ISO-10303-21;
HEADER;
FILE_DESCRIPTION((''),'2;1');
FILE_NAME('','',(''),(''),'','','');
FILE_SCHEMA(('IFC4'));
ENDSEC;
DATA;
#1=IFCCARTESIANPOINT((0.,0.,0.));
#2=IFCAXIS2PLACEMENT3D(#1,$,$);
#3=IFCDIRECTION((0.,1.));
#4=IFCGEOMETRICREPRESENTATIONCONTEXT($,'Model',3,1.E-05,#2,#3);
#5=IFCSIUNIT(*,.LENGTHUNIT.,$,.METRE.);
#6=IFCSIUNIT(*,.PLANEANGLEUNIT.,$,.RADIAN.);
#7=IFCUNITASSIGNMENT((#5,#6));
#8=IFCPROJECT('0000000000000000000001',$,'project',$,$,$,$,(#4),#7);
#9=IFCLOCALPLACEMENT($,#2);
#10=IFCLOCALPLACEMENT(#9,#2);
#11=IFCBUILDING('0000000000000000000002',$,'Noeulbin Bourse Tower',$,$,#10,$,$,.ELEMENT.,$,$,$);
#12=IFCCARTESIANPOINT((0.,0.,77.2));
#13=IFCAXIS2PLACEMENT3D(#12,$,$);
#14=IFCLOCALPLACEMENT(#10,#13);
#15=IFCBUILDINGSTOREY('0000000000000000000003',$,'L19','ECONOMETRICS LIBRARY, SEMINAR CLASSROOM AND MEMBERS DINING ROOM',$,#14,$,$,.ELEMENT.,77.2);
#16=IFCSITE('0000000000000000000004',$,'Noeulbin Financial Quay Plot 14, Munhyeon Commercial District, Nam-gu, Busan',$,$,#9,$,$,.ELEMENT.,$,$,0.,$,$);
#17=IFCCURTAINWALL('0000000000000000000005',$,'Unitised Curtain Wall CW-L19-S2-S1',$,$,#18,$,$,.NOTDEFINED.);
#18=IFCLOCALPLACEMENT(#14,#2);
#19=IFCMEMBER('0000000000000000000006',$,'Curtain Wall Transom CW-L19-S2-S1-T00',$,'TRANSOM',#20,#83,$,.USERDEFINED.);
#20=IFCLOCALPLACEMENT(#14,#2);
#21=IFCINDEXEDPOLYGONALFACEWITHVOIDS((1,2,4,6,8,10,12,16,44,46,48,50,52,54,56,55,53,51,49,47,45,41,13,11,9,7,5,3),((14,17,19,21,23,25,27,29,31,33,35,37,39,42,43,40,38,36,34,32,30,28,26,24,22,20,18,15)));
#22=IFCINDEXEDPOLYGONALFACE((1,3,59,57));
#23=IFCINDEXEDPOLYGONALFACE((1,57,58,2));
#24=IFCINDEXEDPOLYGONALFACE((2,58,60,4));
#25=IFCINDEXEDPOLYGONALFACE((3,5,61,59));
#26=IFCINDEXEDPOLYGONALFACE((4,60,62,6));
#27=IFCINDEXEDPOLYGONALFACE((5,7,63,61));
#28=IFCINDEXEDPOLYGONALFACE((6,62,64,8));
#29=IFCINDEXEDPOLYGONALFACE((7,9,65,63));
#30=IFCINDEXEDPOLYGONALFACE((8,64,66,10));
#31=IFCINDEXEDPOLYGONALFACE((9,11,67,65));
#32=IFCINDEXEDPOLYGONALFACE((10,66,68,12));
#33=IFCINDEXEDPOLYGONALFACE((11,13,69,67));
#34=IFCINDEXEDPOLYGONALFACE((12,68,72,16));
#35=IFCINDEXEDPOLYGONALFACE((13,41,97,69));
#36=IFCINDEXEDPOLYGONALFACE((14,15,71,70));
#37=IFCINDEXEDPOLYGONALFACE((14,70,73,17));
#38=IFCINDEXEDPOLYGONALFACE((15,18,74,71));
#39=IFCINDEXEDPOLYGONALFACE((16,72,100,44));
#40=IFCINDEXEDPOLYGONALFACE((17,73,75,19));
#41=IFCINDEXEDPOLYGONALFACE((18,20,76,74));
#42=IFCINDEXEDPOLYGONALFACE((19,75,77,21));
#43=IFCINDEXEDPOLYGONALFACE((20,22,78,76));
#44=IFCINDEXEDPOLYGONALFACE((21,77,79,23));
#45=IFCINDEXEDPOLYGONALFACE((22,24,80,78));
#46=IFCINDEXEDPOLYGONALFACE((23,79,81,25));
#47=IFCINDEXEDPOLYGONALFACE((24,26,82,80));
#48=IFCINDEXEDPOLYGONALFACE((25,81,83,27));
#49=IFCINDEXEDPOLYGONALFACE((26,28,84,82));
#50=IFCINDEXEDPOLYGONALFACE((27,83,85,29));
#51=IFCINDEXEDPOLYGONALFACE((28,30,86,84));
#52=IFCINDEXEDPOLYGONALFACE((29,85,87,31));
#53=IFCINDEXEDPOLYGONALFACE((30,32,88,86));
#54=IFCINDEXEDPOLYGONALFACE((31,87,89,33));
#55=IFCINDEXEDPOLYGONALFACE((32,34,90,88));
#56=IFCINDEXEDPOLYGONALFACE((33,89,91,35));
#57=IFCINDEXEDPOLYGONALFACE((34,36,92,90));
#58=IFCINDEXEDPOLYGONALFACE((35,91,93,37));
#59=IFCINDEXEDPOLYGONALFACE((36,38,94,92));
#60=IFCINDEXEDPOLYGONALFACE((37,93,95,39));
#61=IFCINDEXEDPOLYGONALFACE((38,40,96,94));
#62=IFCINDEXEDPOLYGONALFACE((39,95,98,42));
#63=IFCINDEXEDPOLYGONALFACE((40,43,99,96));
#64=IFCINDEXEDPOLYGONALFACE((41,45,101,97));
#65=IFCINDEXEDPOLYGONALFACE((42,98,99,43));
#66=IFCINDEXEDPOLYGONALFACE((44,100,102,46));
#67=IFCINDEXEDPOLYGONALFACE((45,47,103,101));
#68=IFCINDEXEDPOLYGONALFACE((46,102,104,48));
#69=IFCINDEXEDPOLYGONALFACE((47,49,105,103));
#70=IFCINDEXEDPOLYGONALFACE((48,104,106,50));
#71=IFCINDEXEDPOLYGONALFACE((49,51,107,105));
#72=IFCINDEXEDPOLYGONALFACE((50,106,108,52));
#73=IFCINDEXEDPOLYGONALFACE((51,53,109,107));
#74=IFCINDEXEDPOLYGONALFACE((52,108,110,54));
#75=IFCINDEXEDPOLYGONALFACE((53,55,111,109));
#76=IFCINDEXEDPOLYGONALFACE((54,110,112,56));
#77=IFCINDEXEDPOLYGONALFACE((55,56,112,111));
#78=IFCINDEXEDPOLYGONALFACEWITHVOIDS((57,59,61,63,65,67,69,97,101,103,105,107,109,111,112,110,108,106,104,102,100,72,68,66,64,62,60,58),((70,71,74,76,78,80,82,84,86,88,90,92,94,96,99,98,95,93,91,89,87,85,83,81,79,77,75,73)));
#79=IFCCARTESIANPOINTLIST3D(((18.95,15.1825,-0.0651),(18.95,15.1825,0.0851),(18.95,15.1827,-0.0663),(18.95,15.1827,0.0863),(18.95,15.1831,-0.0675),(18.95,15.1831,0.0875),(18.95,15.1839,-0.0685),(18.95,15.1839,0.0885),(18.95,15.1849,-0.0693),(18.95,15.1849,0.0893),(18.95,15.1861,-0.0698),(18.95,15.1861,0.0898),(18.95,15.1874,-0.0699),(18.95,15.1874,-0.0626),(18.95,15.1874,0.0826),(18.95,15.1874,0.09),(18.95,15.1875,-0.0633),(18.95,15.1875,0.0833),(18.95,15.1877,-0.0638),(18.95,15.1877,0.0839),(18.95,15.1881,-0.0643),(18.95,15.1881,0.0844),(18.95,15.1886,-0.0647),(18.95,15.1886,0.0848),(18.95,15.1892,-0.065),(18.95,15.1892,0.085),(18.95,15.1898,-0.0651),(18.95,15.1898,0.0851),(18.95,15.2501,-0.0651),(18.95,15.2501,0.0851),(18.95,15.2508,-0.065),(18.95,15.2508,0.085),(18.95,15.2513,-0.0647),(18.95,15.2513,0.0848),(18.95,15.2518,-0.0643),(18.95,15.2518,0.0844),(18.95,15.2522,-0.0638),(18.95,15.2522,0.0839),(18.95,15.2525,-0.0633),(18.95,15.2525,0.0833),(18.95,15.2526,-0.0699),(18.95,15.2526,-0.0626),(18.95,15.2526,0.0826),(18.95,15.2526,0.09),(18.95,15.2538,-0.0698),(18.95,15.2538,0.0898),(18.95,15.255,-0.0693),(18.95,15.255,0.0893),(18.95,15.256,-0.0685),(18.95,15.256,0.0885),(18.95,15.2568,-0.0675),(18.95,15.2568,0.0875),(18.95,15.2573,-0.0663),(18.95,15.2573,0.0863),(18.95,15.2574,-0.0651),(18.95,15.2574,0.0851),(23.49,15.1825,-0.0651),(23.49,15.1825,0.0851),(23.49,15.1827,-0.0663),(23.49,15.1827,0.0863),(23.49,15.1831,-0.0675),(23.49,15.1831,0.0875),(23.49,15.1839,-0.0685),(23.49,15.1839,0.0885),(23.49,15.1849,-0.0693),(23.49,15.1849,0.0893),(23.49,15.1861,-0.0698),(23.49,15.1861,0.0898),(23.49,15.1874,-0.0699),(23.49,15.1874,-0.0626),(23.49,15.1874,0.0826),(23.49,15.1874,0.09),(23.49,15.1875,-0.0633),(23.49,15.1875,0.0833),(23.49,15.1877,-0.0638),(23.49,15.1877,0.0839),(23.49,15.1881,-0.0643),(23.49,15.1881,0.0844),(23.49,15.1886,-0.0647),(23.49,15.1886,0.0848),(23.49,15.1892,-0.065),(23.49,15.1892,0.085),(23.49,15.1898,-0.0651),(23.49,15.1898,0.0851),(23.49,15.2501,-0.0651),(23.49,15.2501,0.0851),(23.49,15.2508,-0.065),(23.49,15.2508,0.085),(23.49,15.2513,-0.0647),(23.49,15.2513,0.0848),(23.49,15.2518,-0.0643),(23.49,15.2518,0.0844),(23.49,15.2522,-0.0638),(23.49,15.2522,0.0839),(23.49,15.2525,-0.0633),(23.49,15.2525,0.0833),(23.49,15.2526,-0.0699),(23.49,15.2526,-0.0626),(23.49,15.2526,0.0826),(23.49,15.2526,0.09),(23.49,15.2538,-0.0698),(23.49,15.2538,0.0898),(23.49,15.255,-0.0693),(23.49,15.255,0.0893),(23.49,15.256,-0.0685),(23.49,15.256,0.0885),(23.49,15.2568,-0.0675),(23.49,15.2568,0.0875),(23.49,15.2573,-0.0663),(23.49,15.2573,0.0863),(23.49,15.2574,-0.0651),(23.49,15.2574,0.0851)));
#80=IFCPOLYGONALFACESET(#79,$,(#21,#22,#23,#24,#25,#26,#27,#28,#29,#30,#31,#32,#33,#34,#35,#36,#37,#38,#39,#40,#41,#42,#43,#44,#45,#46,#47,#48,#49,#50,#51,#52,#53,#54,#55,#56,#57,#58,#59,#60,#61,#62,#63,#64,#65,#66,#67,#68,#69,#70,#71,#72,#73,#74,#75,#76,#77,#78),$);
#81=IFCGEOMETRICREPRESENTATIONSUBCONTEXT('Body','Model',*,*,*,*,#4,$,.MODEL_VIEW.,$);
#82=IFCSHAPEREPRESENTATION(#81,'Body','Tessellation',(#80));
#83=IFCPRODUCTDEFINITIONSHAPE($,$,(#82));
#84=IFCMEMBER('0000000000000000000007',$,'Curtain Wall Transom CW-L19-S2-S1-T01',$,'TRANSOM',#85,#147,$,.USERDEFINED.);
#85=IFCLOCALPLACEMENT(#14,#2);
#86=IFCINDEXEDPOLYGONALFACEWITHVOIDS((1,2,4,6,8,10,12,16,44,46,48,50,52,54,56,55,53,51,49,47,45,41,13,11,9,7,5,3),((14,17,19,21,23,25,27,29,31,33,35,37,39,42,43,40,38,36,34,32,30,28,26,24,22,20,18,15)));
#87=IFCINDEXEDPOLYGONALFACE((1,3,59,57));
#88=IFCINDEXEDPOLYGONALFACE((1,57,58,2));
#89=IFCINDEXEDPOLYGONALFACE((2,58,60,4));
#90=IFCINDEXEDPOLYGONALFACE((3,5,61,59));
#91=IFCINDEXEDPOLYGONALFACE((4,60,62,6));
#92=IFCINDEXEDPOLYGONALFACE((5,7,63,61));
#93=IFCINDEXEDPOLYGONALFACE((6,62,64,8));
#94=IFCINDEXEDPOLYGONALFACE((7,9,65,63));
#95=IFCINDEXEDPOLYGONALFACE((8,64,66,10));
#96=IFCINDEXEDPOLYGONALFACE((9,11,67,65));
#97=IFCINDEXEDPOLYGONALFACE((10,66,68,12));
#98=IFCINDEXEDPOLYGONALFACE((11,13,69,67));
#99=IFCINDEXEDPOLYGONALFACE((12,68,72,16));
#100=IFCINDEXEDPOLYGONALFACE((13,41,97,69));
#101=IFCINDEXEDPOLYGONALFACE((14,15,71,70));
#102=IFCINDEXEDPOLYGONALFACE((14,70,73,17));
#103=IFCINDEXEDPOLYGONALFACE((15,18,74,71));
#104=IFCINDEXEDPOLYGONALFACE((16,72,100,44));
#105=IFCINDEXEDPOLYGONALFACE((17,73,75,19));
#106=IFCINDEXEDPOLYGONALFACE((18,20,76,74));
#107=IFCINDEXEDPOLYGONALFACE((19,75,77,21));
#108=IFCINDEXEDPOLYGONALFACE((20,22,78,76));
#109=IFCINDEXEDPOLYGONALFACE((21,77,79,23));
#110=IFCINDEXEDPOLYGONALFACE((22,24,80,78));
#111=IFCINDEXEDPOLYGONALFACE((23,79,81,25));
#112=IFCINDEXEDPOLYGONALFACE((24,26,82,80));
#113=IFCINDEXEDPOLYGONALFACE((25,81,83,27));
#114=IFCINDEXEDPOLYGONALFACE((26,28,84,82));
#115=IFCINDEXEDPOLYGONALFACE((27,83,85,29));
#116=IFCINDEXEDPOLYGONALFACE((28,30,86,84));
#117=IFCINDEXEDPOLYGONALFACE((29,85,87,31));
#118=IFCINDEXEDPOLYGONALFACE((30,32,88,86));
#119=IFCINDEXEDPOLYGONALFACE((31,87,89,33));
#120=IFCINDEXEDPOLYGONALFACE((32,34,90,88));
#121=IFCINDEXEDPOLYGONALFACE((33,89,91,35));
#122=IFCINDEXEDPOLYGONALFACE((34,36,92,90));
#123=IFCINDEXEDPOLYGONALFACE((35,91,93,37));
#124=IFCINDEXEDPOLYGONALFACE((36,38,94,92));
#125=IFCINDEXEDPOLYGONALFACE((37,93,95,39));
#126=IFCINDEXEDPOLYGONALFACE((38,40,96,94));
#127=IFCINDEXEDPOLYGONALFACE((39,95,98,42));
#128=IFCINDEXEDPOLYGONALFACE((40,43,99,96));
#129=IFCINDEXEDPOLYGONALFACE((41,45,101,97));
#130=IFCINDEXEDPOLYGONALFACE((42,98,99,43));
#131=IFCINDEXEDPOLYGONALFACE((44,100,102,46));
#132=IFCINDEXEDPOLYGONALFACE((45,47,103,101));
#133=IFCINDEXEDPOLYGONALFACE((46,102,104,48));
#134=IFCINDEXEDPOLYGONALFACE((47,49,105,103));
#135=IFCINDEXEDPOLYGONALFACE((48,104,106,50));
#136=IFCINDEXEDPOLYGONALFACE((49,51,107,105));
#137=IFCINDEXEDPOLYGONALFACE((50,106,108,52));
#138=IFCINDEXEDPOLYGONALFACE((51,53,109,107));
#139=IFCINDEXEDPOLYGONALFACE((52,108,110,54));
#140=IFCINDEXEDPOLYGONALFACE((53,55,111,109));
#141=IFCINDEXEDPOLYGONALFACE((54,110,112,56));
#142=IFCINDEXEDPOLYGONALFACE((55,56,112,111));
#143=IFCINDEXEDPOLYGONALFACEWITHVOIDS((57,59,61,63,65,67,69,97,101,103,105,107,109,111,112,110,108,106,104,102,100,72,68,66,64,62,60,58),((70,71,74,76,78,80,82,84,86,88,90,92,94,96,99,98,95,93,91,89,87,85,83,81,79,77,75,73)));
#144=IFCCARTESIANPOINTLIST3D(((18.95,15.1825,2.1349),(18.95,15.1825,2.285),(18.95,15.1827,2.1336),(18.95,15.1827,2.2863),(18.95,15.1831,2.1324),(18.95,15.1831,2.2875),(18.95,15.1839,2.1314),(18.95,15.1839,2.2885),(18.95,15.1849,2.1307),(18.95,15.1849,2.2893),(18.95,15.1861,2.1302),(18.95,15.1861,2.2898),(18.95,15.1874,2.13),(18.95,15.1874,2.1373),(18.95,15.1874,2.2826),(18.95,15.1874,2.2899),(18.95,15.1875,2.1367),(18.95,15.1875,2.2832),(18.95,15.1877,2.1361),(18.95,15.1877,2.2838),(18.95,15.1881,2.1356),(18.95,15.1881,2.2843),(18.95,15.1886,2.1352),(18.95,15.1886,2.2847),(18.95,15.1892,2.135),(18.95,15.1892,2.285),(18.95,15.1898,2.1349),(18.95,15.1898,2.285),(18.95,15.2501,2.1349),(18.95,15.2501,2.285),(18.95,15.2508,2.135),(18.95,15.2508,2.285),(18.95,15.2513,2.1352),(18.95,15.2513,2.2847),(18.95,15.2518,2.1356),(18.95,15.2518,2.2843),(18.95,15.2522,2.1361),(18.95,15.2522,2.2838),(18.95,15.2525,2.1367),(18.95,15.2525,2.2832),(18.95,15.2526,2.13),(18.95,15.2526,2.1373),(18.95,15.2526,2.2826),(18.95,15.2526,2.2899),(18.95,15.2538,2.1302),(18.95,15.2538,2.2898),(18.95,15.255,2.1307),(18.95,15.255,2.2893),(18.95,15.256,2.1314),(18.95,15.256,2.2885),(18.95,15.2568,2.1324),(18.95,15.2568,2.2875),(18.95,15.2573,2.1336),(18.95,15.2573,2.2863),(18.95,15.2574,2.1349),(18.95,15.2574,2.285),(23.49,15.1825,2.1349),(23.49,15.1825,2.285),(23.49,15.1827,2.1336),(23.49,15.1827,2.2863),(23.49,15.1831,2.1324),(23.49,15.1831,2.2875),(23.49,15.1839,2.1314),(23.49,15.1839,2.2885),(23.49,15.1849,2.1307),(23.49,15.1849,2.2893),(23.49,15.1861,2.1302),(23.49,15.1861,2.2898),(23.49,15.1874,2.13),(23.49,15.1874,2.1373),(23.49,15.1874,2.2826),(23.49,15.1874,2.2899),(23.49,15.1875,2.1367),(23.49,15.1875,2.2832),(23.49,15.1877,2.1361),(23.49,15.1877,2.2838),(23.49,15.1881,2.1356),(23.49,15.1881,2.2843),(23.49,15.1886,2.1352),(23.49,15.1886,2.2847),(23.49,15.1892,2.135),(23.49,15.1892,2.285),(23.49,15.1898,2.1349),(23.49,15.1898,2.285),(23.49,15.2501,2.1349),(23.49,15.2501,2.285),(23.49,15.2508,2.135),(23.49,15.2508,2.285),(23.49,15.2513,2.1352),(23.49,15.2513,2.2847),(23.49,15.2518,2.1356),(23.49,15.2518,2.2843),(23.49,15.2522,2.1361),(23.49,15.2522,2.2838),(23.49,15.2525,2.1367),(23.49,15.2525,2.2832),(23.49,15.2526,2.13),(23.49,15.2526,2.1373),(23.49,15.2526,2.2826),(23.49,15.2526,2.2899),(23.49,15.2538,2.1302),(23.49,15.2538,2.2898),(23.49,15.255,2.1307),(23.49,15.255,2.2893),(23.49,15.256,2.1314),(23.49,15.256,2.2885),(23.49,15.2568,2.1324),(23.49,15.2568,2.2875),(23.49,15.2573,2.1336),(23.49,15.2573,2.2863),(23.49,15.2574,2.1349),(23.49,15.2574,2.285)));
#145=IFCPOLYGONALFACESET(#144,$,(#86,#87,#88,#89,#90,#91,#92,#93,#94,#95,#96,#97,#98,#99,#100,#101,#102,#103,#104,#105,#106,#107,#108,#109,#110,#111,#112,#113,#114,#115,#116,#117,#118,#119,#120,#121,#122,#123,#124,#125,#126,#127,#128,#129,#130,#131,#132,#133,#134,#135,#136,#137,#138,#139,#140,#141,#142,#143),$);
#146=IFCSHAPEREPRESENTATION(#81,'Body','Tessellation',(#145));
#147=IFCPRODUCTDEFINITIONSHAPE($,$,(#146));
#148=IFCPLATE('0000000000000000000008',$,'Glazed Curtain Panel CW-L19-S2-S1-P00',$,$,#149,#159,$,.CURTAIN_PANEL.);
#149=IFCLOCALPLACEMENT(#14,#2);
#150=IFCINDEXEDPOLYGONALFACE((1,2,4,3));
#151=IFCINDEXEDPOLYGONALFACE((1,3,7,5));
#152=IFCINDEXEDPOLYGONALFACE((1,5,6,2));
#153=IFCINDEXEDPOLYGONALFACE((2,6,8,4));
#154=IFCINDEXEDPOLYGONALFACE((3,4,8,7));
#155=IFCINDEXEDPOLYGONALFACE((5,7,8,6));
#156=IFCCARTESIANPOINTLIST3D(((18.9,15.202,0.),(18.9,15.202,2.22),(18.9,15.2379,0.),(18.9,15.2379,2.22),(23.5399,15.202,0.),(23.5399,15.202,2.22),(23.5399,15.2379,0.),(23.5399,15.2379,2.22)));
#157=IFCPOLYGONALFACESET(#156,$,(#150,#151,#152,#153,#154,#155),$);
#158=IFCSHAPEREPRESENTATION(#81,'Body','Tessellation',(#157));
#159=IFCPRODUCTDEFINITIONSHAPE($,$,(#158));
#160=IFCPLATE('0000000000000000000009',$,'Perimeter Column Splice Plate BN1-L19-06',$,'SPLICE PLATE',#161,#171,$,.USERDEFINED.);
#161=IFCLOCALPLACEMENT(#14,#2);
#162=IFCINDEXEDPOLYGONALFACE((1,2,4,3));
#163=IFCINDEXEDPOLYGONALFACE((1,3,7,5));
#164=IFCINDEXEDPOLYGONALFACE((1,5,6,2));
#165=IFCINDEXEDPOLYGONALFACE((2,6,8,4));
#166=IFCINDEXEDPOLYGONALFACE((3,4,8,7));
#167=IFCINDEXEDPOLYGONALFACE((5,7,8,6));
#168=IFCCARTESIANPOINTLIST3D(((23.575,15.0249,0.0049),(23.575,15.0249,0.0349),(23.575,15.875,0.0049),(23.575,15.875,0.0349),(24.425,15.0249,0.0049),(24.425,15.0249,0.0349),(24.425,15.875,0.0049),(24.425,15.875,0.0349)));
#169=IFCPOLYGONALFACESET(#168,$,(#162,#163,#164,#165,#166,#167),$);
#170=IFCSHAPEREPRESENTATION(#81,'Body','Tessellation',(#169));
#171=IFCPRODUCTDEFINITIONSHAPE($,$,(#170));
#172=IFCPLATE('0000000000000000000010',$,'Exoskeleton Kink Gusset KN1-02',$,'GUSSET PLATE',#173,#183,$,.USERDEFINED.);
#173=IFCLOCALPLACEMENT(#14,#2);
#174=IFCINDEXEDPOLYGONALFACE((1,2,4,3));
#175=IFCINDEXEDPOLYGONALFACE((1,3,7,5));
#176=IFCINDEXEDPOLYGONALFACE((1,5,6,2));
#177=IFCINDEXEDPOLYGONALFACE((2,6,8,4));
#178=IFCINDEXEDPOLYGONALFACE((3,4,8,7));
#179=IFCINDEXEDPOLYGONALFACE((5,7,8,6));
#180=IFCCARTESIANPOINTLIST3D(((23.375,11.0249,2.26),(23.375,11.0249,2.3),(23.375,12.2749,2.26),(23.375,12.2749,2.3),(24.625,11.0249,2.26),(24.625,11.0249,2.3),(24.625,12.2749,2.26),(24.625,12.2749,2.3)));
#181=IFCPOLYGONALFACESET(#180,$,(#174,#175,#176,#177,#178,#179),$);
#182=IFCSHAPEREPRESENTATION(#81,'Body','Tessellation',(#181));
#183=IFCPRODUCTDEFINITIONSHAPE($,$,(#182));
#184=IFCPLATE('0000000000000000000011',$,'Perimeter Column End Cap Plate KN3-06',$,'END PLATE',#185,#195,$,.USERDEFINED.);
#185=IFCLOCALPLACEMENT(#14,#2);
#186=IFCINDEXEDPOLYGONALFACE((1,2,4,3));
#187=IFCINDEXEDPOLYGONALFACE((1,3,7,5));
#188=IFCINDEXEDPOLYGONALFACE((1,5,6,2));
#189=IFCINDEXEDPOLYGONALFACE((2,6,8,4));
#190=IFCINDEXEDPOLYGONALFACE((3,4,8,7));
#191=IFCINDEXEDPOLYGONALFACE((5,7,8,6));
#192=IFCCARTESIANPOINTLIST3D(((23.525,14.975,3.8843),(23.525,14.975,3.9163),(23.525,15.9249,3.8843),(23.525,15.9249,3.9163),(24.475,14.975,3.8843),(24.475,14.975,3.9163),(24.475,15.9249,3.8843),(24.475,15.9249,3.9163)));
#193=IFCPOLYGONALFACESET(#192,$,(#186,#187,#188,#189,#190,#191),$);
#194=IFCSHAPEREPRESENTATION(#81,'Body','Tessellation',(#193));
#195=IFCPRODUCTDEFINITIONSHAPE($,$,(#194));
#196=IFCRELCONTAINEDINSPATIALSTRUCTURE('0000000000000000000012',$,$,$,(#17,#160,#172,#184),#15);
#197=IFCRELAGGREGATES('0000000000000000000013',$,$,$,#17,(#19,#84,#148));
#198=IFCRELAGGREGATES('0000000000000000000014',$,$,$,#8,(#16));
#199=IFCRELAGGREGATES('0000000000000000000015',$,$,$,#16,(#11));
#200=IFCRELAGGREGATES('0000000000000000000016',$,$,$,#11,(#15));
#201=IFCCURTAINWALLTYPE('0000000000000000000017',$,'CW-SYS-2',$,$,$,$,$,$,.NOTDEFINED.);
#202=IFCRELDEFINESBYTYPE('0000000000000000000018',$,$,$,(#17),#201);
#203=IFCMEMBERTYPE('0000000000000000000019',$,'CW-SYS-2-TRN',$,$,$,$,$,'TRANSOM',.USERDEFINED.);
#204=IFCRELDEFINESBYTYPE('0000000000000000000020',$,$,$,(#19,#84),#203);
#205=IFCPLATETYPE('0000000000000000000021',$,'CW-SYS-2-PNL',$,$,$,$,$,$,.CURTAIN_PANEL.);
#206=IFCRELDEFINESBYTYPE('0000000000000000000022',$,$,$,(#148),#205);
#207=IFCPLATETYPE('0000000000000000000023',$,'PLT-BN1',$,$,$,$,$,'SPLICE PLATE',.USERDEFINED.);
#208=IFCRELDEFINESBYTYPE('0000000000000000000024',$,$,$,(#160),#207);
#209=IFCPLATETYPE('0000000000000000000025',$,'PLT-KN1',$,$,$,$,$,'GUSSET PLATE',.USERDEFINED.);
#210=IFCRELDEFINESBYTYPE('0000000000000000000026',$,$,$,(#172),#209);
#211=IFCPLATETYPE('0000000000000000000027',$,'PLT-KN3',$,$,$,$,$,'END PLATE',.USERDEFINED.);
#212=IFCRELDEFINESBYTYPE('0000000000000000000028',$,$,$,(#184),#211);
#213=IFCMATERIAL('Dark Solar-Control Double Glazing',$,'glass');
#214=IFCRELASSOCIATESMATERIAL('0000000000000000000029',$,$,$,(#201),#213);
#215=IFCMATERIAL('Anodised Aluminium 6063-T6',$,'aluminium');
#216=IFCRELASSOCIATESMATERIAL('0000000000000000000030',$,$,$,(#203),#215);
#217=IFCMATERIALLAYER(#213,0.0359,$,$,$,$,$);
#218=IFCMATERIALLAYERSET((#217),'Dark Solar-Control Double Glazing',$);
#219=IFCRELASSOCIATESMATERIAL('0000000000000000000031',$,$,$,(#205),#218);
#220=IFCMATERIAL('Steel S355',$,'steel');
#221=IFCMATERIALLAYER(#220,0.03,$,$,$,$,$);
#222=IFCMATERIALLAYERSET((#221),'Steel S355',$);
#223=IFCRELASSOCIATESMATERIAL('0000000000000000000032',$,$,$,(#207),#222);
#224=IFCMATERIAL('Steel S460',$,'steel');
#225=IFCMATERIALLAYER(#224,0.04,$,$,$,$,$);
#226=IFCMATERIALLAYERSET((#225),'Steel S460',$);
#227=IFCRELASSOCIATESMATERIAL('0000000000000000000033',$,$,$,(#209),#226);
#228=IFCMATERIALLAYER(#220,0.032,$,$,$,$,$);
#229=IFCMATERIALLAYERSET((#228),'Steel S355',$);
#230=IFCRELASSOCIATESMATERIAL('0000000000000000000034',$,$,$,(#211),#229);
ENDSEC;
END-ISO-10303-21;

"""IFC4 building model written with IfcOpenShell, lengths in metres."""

from ifc_helpers import new_model, si_unit, direction, frame, origin, origin_2d, place, context, subcontext, project, spatial, rectangle, hollow_rectangle, extrude, material, layer, layer_set, material_profile, profile_set, type_object, element, aggregate, save


model = new_model("IFC4")

# Units and contexts
model_context = context("Model", 3, precision=1e-05, world=origin(), true_north=direction((0.0, 1.0)))
body_context = subcontext(model_context, "Body", "Model", "MODEL_VIEW")
ifc_project = project(units=[si_unit("LENGTHUNIT", "METRE"), si_unit("PLANEANGLEUNIT", "RADIAN")], contexts=[model_context])

# Site, building, storey
site_placement = place(None, origin())
site = spatial("IfcSite", under=ifc_project, at=site_placement, Name="Noeulbin Financial Quay Plot 14, Munhyeon Commercial District, Nam-gu, Busan", CompositionType="ELEMENT", RefElevation=0.0)
building_placement = place(site_placement, origin())
building = spatial("IfcBuilding", under=site, at=building_placement, Name="Noeulbin Bourse Tower", CompositionType="ELEMENT")
storey_placement = place(building_placement, frame((0.0, 0.0, 77.2)))
storey = spatial("IfcBuildingStorey", under=building, at=storey_placement, Name="L19", Description="ECONOMETRICS LIBRARY, SEMINAR CLASSROOM AND MEMBERS DINING ROOM", CompositionType="ELEMENT", Elevation=77.2)

# Shared definitions
ifc_material_1 = material(Name="Steel S355", Category="steel")
ifc_material_2 = material(Name="Steel S460", Category="steel")

# Curtain wall, members, plate
ifc_material_3 = material(Name="Dark Solar-Control Double Glazing", Category="glass")
curtain_wall_type = type_object("IfcCurtainWallType", Name="CW-SYS-2", PredefinedType="NOTDEFINED", material=ifc_material_3)
curtain_wall_placement = place(storey_placement, origin())
curtain_wall = element("IfcCurtainWall", 1, at=curtain_wall_placement, inside=storey, type_object=curtain_wall_type, Name="Unitised Curtain Wall CW-L19-S2-S1", PredefinedType="NOTDEFINED")
ifc_material_4 = material(Name="Anodised Aluminium 6063-T6", Category="aluminium")
ifc_material_profile_1 = material_profile(ifc_material_4, hollow_rectangle(XDim=0.075, YDim=0.1599, WallThickness=0.0049, InnerFilletRadius=0.0024, OuterFilletRadius=0.0049, at=origin_2d()), Name="ALU-TRAN-75x160x5", Category="LoadBearing")
ifc_profile_set_1 = profile_set([ifc_material_profile_1], Name="Anodised Aluminium 6063-T6")
member_type_1 = type_object("IfcMemberType", Name="CW-SYS-2-TRN", ElementType="TRANSOM", PredefinedType="USERDEFINED", material=ifc_profile_set_1)
member_1_placement = place(storey_placement, frame((18.95, 15.22, 0.01), z_axis=(1.0, 0.0, 0.0), x_axis=(0.0, 1.0, 0.0)))
member_1 = element("IfcMember", 2, at=member_1_placement, type_object=member_type_1, Name="Curtain Wall Transom CW-L19-S2-S1-T00", ObjectType="TRANSOM", PredefinedType="USERDEFINED", context=body_context, shape_type="SweptSolid", body=[
    extrude(hollow_rectangle(XDim=0.075, YDim=0.1599, WallThickness=0.0049, InnerFilletRadius=0.0024, OuterFilletRadius=0.0049, at=origin_2d()), origin(), (0.0, 0.0, 1.0), 4.54),
])
member_2_placement = place(storey_placement, frame((18.95, 15.22, 2.21), z_axis=(1.0, 0.0, 0.0), x_axis=(0.0, 1.0, 0.0)))
member_2 = element("IfcMember", 3, at=member_2_placement, type_object=member_type_1, Name="Curtain Wall Transom CW-L19-S2-S1-T01", ObjectType="TRANSOM", PredefinedType="USERDEFINED", context=body_context, shape_type="SweptSolid", body=[
    extrude(hollow_rectangle(XDim=0.075, YDim=0.1599, WallThickness=0.0049, InnerFilletRadius=0.0024, OuterFilletRadius=0.0049, at=origin_2d()), origin(), (0.0, 0.0, 1.0), 4.54),
])
ifc_layer_1 = layer(ifc_material_3, 0.0359)
ifc_layer_set_1 = layer_set([ifc_layer_1], Name="Dark Solar-Control Double Glazing")
plate_type_1 = type_object("IfcPlateType", Name="CW-SYS-2-PNL", PredefinedType="CURTAIN_PANEL", material=ifc_layer_set_1)
plate_1_placement = place(storey_placement, frame((21.22, 15.22, 0.0), z_axis=(0.0, 0.0, 1.0), x_axis=(1.0, 0.0, 0.0)))
plate_1 = element("IfcPlate", 4, at=plate_1_placement, type_object=plate_type_1, Name="Glazed Curtain Panel CW-L19-S2-S1-P00", PredefinedType="CURTAIN_PANEL", context=body_context, shape_type="SweptSolid", body=[
    extrude(rectangle(XDim=4.6399, YDim=0.0359, at=origin_2d()), origin(), (0.0, 0.0, 1.0), 2.22),
])
aggregate(curtain_wall, [member_1, member_2, plate_1])

# Plates
ifc_layer_2 = layer(ifc_material_1, 0.03)
ifc_layer_set_2 = layer_set([ifc_layer_2], Name="Steel S355")
plate_type_2 = type_object("IfcPlateType", Name="PLT-BN1", ElementType="SPLICE PLATE", PredefinedType="USERDEFINED", material=ifc_layer_set_2)
plate_2_placement = place(storey_placement, frame((24.0, 15.45, 0.0049), z_axis=(0.0, 0.0, 1.0), x_axis=(1.0, 0.0, 0.0)))
element("IfcPlate", 5, at=plate_2_placement, inside=storey, type_object=plate_type_2, Name="Perimeter Column Splice Plate BN1-L19-06", ObjectType="SPLICE PLATE", PredefinedType="USERDEFINED", context=body_context, shape_type="SweptSolid", body=[
    extrude(rectangle(XDim=0.8501, YDim=0.8501, at=origin_2d()), origin(), (0.0, 0.0, 1.0), 0.03),
])
ifc_layer_3 = layer(ifc_material_2, 0.04)
ifc_layer_set_3 = layer_set([ifc_layer_3], Name="Steel S460")
plate_type_3 = type_object("IfcPlateType", Name="PLT-KN1", ElementType="GUSSET PLATE", PredefinedType="USERDEFINED", material=ifc_layer_set_3)
plate_3_placement = place(storey_placement, frame((24.0, 11.6499, 2.26), z_axis=(0.0, 0.0, 1.0), x_axis=(1.0, 0.0, 0.0)))
element("IfcPlate", 6, at=plate_3_placement, inside=storey, type_object=plate_type_3, Name="Exoskeleton Kink Gusset KN1-02", ObjectType="GUSSET PLATE", PredefinedType="USERDEFINED", context=body_context, shape_type="SweptSolid", body=[
    extrude(rectangle(XDim=1.25, YDim=1.25, at=origin_2d()), origin(), (0.0, 0.0, 1.0), 0.04),
])
ifc_layer_4 = layer(ifc_material_1, 0.032)
ifc_layer_set_4 = layer_set([ifc_layer_4], Name="Steel S355")
plate_type_4 = type_object("IfcPlateType", Name="PLT-KN3", ElementType="END PLATE", PredefinedType="USERDEFINED", material=ifc_layer_set_4)
plate_4_placement = place(storey_placement, frame((24.0, 15.45, 3.8843), z_axis=(0.0, 0.0, 1.0), x_axis=(1.0, 0.0, 0.0)))
element("IfcPlate", 7, at=plate_4_placement, inside=storey, type_object=plate_type_4, Name="Perimeter Column End Cap Plate KN3-06", ObjectType="END PLATE", PredefinedType="USERDEFINED", context=body_context, shape_type="SweptSolid", body=[
    extrude(rectangle(XDim=0.95, YDim=0.95, at=origin_2d()), origin(), (0.0, 0.0, 1.0), 0.032),
])

save(model, "model.ifc")
